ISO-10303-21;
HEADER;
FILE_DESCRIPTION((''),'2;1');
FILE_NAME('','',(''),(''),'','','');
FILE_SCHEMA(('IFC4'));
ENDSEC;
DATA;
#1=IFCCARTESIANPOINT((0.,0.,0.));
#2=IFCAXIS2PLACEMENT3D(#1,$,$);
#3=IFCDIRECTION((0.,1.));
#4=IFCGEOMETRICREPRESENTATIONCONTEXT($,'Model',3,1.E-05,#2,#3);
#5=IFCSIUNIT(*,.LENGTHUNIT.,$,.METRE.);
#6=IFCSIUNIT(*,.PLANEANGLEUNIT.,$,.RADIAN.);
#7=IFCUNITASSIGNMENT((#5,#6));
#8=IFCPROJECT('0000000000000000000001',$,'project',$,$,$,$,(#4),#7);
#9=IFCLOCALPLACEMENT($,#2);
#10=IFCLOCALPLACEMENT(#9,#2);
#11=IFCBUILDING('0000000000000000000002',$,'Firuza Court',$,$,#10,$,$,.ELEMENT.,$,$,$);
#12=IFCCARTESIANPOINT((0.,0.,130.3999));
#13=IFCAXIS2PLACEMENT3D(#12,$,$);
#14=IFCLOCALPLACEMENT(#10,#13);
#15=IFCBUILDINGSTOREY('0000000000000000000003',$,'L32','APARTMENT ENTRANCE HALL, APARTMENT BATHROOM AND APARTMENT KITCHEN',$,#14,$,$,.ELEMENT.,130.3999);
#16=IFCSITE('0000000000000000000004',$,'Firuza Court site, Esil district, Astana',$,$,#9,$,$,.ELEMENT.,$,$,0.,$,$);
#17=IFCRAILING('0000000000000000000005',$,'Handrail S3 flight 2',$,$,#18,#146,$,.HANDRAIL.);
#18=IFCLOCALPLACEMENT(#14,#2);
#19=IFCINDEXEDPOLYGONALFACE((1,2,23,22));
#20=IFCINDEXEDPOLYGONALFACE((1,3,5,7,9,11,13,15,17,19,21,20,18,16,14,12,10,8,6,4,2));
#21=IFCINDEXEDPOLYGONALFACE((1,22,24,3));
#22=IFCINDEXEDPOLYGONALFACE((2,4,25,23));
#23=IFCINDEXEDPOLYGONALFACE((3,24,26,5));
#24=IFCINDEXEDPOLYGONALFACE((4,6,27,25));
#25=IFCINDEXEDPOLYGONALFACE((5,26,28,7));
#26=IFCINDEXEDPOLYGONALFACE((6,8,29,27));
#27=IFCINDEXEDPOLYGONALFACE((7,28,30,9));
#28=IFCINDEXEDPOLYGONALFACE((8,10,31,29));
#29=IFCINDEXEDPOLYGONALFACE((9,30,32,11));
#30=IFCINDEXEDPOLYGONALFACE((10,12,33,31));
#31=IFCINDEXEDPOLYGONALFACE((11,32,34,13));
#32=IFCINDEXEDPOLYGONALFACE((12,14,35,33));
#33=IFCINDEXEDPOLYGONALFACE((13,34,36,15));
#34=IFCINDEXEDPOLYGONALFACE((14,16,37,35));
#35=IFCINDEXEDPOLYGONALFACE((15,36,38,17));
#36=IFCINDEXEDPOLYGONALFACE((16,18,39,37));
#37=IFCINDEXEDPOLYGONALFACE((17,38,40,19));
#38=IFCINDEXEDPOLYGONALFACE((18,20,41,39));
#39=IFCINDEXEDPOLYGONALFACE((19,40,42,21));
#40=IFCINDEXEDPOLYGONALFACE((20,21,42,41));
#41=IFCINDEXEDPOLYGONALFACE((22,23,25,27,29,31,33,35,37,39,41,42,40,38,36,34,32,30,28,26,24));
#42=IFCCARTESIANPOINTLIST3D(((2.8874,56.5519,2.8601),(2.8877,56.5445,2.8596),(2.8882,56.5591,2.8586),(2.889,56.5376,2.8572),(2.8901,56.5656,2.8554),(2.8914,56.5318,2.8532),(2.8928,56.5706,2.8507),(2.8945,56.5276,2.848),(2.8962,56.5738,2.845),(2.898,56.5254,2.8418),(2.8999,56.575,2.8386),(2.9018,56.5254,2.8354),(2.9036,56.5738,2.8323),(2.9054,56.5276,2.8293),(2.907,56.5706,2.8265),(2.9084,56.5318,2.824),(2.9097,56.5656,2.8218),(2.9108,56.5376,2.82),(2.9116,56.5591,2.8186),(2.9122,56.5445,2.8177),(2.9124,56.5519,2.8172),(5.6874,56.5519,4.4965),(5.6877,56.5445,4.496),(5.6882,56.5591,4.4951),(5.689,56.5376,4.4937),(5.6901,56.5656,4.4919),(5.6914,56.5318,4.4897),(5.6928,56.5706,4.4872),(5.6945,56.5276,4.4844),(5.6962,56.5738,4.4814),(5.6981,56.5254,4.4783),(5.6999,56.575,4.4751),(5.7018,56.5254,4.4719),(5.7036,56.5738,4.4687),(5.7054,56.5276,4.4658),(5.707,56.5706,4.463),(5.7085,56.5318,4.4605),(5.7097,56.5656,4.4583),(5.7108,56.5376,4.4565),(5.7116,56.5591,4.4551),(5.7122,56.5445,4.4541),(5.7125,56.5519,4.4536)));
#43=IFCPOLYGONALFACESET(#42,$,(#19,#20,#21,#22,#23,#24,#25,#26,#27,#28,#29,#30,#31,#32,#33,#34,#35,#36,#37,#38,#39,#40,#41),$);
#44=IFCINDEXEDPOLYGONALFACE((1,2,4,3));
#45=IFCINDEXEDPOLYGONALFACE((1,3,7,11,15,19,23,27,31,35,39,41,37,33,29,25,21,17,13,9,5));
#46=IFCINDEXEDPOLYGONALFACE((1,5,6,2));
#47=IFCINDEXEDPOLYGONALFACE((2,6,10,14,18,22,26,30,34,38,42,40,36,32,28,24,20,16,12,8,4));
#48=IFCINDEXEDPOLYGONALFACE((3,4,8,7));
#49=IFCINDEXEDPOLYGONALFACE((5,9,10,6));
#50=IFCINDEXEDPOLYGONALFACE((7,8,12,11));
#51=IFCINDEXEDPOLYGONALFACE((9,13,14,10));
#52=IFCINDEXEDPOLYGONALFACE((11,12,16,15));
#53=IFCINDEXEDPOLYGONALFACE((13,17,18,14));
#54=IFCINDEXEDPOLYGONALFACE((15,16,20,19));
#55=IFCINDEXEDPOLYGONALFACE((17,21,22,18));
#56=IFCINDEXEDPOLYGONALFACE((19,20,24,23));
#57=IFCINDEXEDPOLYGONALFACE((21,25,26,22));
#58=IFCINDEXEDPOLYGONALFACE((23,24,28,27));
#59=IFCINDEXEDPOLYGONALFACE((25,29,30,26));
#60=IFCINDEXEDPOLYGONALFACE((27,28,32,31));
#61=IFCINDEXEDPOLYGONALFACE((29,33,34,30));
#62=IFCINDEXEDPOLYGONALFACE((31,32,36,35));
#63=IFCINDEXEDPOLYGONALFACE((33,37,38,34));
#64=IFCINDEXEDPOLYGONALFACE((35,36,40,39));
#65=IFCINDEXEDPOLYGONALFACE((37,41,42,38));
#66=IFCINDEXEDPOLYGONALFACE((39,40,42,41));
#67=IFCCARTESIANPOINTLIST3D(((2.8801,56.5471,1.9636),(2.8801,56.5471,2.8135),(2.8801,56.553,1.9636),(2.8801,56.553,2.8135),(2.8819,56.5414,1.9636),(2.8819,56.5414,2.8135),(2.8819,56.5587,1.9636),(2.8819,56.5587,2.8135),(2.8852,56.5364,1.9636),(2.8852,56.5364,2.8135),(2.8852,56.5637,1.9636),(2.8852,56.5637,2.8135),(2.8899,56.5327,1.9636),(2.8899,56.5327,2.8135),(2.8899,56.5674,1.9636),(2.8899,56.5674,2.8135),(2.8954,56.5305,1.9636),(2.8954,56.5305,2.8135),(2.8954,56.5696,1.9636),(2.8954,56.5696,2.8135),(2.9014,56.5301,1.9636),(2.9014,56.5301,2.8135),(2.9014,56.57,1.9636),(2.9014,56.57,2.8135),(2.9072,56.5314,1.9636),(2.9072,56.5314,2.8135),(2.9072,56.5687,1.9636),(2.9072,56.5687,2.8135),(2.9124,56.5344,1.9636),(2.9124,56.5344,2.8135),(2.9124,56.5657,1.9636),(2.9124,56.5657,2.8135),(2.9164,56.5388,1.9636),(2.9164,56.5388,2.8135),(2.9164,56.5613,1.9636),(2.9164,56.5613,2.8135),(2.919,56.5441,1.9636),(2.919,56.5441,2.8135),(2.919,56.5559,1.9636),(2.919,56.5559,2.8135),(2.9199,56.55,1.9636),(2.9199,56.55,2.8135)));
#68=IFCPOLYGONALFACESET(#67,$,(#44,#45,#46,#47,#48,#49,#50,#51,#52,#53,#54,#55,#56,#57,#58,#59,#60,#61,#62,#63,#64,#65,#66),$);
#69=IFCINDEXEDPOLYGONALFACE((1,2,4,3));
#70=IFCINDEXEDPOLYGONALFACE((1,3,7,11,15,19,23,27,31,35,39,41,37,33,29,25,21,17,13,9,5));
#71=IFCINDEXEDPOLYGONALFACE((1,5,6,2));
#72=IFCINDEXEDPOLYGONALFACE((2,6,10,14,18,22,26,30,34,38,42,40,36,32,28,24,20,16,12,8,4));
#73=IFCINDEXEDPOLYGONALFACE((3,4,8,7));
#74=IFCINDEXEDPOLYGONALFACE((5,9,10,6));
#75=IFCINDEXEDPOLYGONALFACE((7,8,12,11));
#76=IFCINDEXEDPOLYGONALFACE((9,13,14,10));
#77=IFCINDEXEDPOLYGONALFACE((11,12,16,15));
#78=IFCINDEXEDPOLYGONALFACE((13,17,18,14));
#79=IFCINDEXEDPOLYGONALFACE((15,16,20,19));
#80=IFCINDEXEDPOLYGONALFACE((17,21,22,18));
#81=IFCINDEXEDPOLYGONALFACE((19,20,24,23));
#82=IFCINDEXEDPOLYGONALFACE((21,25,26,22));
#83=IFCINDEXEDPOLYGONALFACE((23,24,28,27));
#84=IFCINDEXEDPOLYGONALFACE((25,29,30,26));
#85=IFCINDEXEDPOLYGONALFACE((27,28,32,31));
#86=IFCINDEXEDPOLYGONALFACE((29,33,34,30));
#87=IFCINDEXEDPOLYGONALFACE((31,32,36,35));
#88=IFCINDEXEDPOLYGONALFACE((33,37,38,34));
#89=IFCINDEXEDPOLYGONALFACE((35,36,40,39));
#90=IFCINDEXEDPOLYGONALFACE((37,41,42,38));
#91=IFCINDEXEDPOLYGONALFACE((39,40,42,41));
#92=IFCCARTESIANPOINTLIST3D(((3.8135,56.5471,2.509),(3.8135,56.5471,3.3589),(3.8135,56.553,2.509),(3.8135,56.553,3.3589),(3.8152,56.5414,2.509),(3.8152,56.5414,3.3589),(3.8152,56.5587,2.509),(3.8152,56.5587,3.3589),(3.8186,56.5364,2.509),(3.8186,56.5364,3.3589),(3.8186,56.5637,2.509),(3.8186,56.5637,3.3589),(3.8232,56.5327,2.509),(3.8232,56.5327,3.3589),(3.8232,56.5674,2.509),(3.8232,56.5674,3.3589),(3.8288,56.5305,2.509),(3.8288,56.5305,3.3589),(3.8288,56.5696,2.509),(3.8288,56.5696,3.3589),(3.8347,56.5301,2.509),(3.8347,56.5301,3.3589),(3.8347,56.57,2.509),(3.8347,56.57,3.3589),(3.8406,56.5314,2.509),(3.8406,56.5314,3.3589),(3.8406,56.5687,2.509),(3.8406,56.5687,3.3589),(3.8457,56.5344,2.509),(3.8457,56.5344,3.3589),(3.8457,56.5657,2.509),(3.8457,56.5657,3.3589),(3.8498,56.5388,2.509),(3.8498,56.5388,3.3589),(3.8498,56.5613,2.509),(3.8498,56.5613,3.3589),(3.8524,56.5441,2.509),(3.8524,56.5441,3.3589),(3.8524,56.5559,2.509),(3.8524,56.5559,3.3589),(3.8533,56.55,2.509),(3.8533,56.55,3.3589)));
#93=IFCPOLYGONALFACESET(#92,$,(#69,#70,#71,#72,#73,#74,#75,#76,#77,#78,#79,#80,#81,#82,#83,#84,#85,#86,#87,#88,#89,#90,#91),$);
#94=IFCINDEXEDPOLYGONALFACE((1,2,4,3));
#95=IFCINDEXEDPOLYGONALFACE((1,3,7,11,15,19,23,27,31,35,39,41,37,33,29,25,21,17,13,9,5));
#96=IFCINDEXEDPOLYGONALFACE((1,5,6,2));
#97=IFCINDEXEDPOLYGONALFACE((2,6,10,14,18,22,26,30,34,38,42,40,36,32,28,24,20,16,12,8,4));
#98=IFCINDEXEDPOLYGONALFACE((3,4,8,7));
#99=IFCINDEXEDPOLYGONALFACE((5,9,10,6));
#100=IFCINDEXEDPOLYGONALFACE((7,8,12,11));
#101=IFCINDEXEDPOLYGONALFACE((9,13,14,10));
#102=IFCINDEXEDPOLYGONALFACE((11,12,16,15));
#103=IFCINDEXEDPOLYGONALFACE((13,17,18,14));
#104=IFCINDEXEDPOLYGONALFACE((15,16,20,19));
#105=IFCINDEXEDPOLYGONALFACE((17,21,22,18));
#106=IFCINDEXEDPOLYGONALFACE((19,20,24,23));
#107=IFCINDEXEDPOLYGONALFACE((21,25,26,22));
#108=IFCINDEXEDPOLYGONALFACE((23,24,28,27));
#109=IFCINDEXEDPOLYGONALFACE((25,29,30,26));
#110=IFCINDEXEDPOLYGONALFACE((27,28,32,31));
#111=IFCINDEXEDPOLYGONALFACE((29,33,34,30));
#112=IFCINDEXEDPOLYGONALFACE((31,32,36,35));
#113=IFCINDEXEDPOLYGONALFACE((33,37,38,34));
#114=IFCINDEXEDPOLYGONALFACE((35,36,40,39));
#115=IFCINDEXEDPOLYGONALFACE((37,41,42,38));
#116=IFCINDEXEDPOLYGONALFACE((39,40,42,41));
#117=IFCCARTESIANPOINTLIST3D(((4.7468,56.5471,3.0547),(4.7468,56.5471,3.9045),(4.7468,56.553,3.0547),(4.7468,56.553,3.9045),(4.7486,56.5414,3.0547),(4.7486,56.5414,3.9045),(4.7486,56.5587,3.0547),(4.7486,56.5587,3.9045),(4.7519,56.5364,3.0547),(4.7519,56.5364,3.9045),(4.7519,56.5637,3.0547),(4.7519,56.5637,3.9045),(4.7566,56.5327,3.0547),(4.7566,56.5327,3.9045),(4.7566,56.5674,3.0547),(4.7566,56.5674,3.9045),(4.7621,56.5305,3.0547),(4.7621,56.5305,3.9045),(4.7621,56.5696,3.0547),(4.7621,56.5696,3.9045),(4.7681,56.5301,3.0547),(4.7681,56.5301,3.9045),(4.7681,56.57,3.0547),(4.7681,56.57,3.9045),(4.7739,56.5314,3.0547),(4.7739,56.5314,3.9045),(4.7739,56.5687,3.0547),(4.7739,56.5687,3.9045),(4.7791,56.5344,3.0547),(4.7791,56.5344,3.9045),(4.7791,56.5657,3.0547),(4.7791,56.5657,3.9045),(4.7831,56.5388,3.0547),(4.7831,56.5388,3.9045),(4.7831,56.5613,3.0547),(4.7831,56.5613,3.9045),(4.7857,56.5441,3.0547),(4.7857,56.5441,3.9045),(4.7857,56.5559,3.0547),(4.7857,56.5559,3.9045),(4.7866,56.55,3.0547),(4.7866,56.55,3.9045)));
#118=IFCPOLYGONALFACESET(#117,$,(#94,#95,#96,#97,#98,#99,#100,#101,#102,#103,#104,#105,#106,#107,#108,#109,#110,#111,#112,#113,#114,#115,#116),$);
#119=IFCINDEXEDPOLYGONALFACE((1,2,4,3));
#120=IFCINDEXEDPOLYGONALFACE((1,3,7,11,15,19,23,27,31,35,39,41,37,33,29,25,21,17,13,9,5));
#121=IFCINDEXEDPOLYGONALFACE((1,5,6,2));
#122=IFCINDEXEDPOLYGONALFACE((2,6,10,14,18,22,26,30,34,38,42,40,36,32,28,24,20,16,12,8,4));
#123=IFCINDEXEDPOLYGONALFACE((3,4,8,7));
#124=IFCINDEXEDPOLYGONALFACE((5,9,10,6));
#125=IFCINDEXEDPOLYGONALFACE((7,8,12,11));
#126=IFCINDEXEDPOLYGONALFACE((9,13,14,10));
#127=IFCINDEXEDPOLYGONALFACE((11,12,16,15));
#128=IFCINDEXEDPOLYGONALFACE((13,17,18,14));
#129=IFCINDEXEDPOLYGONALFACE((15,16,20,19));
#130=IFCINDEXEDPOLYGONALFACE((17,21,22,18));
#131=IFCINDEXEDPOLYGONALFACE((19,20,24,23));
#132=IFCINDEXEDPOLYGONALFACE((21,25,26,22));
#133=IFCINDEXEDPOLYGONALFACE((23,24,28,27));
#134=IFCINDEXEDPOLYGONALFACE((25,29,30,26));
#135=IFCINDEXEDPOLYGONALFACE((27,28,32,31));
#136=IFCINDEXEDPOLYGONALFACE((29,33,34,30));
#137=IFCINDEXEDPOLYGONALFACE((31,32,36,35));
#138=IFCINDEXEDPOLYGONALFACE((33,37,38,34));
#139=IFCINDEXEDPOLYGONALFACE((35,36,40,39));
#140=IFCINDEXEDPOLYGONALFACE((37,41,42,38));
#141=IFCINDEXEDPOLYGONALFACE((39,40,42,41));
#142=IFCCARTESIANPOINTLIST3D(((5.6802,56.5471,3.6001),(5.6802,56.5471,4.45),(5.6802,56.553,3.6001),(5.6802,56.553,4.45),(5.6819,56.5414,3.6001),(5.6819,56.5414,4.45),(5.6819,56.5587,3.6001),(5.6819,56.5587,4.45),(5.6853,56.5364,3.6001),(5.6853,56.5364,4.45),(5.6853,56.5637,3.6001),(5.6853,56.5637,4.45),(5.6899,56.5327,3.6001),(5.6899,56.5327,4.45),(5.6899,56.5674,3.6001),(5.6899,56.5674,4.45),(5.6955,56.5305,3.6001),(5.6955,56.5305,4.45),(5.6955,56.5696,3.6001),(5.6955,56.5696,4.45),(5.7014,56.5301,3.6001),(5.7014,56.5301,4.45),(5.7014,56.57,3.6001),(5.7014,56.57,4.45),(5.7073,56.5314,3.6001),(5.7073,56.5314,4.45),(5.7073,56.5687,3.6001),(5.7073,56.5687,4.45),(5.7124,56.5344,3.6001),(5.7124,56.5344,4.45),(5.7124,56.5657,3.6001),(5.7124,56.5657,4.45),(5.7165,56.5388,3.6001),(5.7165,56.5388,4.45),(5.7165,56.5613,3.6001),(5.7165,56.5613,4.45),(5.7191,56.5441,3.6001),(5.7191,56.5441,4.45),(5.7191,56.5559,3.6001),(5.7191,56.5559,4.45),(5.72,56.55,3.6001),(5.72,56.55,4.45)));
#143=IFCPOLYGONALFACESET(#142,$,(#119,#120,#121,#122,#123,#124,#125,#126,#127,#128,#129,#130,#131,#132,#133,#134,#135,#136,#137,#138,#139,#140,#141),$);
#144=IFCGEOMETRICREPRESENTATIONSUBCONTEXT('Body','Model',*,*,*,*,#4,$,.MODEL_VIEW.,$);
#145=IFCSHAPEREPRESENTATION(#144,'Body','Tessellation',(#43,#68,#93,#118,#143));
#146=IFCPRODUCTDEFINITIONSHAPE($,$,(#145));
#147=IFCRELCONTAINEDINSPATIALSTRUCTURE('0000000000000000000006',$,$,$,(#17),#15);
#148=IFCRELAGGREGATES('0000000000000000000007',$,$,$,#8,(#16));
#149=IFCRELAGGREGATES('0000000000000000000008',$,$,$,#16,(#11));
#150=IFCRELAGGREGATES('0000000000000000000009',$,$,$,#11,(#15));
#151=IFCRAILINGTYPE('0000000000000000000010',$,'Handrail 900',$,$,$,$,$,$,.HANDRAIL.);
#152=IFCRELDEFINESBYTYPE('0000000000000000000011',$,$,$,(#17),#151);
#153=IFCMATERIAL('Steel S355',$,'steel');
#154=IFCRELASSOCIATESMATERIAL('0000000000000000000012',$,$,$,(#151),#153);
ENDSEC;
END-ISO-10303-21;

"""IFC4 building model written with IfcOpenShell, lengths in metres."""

from ifc_helpers import new_model, si_unit, direction, frame, origin, origin_2d, place, context, subcontext, project, spatial, circle, extrude, material, type_object, element, save


model = new_model("IFC4")

# Units and contexts
model_context = context("Model", 3, precision=1e-05, world=origin(), true_north=direction((0.0, 1.0)))
body_context = subcontext(model_context, "Body", "Model", "MODEL_VIEW")
ifc_project = project(units=[si_unit("LENGTHUNIT", "METRE"), si_unit("PLANEANGLEUNIT", "RADIAN")], contexts=[model_context])

# Site, building, storey
site_placement = place(None, origin())
site = spatial("IfcSite", under=ifc_project, at=site_placement, Name="Firuza Court site, Esil district, Astana", CompositionType="ELEMENT", RefElevation=0.0)
building_placement = place(site_placement, origin())
building = spatial("IfcBuilding", under=site, at=building_placement, Name="Firuza Court", CompositionType="ELEMENT")
storey_placement = place(building_placement, frame((0.0, 0.0, 130.3999)))
storey = spatial("IfcBuildingStorey", under=building, at=storey_placement, Name="L32", Description="APARTMENT ENTRANCE HALL, APARTMENT BATHROOM AND APARTMENT KITCHEN", CompositionType="ELEMENT", Elevation=130.3999)

# Railing
ifc_material_1 = material(Name="Steel S355", Category="steel")
railing_type = type_object("IfcRailingType", Name="Handrail 900", PredefinedType="HANDRAIL", material=ifc_material_1)
railing_1_placement = place(storey_placement, frame((2.8999, 56.55, 1.9636)))
element("IfcRailing", 1, at=railing_1_placement, inside=storey, type_object=railing_type, Name="Handrail S3 flight 2", PredefinedType="HANDRAIL", context=body_context, shape_type="SweptSolid", body=[
    extrude(circle(Radius=0.0249, at=origin_2d()), frame((0.0, 0.0, 0.875), z_axis=(0.863361, 0.0, 0.504587), x_axis=(0.0, 1.0, 0.0)), (0.0, 0.0, 1.0), 3.2432),
    extrude(circle(Radius=0.02, at=origin_2d()), origin(), (0.0, 0.0, 1.0), 0.8499),
    extrude(circle(Radius=0.02, at=origin_2d()), frame((0.9333, 0.0, 0.5454)), (0.0, 0.0, 1.0), 0.8499),
    extrude(circle(Radius=0.02, at=origin_2d()), frame((1.8667, 0.0, 1.0911)), (0.0, 0.0, 1.0), 0.8499),
    extrude(circle(Radius=0.02, at=origin_2d()), frame((2.8, 0.0, 1.6365)), (0.0, 0.0, 1.0), 0.8499),
])

save(model, "model.ifc")
